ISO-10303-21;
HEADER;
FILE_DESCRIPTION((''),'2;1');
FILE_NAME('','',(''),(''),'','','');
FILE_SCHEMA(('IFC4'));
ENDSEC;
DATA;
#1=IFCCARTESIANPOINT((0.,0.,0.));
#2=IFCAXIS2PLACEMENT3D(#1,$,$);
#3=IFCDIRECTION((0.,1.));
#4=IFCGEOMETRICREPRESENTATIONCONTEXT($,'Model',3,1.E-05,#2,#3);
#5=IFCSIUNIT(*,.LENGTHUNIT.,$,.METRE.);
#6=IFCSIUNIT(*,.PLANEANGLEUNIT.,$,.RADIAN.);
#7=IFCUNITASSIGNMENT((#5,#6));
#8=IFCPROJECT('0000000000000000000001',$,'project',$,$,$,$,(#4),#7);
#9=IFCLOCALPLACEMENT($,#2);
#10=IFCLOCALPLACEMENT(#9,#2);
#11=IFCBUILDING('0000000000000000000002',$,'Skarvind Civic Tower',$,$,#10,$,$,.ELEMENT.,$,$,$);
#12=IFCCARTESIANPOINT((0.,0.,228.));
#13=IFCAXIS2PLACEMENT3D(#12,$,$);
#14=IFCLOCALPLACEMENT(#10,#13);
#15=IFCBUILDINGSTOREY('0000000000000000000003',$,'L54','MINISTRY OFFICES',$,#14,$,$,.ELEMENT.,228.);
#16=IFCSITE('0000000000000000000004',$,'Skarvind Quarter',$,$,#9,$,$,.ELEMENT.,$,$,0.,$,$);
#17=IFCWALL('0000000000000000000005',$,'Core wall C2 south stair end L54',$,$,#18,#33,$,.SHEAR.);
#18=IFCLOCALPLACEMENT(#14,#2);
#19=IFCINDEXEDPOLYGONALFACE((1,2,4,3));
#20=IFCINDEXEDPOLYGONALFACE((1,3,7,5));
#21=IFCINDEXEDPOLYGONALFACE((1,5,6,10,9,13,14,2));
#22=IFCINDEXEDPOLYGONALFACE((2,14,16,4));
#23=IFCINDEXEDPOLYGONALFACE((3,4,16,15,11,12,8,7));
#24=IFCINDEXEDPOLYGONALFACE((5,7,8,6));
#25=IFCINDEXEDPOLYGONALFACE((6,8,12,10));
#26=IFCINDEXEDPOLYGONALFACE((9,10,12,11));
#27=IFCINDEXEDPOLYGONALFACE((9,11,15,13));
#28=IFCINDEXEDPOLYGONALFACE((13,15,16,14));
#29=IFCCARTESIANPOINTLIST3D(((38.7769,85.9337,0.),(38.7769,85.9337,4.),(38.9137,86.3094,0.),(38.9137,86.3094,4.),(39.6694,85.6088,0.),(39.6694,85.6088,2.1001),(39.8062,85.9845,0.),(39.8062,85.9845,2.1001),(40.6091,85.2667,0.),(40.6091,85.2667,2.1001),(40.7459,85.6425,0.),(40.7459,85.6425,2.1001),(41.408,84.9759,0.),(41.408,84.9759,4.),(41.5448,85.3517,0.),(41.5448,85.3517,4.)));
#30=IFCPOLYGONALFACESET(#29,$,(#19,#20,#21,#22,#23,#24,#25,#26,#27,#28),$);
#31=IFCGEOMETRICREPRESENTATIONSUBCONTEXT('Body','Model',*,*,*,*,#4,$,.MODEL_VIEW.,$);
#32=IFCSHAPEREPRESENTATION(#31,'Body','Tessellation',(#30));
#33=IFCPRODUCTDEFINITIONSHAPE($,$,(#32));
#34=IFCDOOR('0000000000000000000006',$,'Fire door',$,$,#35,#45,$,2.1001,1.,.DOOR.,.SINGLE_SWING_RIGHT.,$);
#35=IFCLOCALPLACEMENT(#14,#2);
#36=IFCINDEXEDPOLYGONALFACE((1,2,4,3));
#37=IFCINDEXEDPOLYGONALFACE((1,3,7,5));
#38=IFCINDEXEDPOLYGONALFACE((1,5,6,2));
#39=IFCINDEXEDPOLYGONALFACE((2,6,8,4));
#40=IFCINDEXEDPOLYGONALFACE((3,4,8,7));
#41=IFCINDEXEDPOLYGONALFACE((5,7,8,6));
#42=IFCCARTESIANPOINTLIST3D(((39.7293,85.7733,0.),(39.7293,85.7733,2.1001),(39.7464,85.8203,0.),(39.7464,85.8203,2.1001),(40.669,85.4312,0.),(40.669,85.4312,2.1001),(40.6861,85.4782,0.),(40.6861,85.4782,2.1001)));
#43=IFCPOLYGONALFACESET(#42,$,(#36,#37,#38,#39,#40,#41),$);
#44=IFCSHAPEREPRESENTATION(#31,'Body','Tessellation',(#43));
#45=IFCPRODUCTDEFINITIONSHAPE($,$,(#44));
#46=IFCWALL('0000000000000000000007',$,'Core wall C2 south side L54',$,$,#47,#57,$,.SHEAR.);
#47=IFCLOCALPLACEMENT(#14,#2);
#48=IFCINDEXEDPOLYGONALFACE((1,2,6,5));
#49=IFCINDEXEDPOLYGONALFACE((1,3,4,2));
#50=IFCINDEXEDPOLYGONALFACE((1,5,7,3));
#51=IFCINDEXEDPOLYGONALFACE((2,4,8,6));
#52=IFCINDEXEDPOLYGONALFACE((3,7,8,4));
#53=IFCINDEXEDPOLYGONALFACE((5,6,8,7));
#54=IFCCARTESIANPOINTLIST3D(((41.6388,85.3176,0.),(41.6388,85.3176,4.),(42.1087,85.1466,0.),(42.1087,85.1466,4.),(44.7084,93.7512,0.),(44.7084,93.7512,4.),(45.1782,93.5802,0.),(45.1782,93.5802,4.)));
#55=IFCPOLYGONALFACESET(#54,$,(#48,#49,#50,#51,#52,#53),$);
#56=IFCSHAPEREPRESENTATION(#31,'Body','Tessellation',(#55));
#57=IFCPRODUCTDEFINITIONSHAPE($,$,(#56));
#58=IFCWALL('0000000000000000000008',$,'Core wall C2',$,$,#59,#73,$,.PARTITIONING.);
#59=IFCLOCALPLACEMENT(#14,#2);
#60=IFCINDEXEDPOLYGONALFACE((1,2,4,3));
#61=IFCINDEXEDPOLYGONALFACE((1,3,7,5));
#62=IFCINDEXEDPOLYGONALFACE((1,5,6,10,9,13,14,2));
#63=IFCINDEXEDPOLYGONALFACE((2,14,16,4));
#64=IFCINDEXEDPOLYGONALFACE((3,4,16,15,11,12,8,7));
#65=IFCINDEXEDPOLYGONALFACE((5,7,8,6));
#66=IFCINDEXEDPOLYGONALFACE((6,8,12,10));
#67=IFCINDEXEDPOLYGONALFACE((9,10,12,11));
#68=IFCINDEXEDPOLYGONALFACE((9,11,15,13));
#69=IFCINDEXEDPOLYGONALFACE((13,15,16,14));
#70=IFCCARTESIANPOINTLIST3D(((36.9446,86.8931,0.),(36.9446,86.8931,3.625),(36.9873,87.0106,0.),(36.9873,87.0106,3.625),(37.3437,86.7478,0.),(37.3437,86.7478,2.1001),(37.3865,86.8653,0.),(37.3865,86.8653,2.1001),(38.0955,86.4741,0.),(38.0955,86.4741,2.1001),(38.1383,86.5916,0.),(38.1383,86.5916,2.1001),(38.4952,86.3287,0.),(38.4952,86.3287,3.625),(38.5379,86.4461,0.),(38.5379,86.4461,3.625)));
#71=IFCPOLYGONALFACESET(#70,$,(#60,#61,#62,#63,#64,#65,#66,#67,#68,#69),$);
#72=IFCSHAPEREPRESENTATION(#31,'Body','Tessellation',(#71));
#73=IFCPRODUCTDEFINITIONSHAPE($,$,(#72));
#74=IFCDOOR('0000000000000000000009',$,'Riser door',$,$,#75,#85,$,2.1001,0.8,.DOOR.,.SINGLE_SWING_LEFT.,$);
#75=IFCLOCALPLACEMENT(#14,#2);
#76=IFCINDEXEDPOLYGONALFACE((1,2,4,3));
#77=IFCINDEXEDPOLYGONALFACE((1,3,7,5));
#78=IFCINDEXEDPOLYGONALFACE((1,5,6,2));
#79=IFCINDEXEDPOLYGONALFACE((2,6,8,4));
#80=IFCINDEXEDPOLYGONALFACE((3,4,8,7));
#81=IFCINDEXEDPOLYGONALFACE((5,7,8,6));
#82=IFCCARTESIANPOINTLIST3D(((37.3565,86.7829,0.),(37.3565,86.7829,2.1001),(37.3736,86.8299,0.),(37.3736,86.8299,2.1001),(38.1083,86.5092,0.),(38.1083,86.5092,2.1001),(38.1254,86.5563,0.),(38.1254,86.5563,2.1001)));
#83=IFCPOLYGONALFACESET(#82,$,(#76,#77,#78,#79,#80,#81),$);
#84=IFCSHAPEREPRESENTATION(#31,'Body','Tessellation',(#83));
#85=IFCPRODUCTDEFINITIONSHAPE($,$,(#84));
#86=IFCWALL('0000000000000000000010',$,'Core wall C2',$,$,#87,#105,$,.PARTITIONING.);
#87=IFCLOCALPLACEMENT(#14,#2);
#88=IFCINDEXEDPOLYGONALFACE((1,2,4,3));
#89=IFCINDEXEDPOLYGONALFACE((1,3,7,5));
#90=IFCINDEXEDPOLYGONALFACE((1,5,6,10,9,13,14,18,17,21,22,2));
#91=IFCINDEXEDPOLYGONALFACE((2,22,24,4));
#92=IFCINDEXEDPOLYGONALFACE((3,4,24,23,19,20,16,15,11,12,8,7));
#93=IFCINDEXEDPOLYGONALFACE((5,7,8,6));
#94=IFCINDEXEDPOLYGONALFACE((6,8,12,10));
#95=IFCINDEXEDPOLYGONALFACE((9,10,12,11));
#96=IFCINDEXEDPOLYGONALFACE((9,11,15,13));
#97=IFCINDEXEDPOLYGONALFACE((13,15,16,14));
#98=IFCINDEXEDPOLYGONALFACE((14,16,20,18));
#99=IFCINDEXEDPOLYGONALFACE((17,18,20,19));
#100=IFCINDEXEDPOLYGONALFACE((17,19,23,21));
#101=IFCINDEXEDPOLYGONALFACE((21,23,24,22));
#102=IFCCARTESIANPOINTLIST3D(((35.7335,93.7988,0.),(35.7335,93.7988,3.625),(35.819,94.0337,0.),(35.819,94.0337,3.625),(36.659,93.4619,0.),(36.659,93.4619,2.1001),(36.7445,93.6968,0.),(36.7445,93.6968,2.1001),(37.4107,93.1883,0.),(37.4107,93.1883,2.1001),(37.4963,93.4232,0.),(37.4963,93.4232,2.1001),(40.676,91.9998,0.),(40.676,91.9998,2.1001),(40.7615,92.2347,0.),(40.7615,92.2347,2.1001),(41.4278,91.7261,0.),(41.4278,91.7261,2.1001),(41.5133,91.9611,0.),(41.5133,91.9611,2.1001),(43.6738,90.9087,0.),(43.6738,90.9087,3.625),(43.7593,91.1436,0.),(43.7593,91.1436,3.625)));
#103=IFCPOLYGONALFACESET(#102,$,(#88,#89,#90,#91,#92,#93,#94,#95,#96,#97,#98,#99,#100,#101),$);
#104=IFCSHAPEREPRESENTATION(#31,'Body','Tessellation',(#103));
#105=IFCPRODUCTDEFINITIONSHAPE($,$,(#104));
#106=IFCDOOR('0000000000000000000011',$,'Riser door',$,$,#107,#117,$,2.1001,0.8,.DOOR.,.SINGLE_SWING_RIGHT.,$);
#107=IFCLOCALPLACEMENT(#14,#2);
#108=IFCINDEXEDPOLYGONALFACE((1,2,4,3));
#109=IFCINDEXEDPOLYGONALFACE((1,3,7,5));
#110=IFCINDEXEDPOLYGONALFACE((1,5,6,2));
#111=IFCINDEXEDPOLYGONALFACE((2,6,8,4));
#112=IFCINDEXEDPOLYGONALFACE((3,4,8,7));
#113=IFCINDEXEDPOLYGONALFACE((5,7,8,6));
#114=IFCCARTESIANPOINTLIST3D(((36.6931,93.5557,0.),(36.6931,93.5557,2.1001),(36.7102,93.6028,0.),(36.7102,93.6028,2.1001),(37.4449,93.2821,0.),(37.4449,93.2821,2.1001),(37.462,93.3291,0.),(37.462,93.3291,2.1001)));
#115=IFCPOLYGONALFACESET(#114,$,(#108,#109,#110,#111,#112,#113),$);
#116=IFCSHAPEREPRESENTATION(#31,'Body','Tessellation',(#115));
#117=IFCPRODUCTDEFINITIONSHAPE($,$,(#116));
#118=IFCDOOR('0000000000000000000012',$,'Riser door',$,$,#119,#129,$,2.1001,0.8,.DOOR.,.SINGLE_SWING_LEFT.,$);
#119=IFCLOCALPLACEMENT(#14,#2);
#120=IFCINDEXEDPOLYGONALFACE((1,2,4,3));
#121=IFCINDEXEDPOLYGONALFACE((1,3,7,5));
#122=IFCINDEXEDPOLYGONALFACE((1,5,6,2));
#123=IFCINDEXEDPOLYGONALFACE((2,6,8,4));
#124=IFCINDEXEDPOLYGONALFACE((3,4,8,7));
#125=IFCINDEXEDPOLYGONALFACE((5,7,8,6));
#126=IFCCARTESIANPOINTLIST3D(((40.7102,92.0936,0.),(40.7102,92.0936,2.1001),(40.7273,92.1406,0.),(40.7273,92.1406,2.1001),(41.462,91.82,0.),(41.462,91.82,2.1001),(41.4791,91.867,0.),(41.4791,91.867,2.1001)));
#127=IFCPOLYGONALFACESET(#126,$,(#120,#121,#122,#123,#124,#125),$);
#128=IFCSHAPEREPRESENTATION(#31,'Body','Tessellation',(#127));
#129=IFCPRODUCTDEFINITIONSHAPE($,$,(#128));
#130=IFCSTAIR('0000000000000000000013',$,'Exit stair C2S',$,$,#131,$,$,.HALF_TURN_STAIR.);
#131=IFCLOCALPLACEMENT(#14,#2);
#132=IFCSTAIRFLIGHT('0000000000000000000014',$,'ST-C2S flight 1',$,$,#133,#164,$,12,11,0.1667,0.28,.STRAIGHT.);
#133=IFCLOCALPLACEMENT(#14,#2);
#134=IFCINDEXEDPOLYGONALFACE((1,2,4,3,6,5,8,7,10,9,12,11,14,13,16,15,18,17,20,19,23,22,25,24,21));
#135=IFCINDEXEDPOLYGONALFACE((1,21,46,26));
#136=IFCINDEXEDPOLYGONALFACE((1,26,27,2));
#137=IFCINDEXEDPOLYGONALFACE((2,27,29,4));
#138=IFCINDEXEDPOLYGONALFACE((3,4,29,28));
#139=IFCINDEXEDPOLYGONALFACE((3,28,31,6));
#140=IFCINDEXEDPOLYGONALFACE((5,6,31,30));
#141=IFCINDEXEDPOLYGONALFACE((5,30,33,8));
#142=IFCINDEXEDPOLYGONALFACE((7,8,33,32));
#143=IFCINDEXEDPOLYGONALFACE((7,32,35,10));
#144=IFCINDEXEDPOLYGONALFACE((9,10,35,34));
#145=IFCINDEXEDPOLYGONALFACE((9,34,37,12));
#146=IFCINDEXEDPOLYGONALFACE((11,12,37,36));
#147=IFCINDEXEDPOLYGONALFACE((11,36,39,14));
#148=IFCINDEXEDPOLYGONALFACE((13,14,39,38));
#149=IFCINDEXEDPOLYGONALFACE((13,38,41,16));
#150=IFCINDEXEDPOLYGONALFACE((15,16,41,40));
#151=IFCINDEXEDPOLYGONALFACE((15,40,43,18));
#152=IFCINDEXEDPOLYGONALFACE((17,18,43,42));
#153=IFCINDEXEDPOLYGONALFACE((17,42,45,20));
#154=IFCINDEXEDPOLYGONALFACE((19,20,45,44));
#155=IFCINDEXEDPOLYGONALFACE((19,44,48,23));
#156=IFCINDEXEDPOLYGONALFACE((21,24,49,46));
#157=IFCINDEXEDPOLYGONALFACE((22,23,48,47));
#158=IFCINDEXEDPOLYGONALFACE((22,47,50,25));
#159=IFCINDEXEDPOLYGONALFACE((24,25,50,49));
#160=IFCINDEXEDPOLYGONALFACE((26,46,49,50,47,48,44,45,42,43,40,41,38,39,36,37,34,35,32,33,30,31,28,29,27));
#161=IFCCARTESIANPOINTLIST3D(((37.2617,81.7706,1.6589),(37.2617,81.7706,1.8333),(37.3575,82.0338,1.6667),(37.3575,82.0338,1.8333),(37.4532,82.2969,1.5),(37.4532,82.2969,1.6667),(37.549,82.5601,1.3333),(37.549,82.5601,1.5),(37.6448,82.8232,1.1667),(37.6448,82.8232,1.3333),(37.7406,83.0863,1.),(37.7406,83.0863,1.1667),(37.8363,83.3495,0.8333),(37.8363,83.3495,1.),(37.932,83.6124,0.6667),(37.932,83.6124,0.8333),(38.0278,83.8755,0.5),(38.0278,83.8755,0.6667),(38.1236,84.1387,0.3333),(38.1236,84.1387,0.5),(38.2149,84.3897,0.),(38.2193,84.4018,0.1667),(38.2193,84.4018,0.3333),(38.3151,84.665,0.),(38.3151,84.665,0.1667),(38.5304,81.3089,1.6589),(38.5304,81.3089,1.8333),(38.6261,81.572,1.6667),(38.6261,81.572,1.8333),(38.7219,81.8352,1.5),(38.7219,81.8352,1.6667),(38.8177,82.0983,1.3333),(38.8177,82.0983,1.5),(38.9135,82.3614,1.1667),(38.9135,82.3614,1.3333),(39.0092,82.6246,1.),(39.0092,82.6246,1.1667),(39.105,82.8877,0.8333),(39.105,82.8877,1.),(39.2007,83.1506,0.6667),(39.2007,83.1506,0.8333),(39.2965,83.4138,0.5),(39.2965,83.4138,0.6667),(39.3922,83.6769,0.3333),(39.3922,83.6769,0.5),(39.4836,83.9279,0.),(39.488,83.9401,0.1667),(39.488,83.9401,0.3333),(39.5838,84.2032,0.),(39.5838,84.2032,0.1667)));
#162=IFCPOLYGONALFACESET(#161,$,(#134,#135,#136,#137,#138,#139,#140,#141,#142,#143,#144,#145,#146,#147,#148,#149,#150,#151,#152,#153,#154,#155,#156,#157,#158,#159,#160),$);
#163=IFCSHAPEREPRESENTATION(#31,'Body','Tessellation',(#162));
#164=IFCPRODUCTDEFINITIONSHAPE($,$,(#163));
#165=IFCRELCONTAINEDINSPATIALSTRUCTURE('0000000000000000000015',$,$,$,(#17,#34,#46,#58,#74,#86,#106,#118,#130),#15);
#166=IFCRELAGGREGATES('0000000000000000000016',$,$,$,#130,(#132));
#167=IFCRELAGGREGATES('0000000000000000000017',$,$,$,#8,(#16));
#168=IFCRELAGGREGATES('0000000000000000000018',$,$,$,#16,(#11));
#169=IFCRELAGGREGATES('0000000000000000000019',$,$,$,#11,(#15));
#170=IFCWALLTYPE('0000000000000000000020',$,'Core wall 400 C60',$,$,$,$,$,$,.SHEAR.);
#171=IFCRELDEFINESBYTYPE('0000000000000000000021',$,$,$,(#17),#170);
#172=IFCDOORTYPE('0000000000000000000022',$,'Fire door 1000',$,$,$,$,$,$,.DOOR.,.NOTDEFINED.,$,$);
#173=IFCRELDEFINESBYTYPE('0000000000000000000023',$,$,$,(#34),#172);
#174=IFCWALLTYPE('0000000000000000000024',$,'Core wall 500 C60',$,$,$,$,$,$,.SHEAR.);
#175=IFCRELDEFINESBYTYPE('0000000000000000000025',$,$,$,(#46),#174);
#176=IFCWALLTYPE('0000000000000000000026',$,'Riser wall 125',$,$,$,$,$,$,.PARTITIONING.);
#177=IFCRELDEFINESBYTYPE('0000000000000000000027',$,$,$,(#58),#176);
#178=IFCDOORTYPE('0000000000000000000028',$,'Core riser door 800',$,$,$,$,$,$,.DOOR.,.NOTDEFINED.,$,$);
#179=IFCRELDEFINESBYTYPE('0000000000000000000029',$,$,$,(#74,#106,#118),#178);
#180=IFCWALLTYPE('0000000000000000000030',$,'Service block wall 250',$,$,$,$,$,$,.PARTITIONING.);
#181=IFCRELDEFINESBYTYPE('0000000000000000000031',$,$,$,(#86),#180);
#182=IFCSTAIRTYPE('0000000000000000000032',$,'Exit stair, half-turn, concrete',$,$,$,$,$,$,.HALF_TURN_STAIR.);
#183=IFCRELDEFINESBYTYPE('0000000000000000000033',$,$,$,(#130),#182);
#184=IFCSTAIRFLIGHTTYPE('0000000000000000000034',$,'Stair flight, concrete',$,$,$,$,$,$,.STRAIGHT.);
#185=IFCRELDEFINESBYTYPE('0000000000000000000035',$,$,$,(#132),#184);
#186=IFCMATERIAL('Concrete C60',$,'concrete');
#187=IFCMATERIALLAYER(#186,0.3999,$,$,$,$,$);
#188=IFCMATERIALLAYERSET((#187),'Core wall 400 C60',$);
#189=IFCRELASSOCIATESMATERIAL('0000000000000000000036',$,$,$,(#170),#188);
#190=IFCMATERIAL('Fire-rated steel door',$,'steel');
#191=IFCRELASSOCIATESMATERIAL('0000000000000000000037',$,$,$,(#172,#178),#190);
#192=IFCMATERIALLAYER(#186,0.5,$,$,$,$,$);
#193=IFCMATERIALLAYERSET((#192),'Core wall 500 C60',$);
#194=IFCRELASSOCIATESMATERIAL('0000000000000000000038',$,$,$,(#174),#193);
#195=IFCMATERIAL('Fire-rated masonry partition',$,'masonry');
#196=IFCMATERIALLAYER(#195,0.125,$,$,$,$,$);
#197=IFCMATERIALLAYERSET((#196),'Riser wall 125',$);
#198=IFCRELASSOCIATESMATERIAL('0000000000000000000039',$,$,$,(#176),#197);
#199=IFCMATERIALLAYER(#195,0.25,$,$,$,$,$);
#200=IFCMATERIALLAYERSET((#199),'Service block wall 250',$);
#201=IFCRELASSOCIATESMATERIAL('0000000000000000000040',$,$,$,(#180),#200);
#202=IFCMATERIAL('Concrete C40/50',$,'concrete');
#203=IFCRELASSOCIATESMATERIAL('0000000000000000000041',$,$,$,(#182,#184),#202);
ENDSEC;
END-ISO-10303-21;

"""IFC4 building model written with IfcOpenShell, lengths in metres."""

from ifc_helpers import new_model, si_unit, direction, frame, frame_2d, origin, place, context, subcontext, project, spatial, polyline, rectangle, outline, extrude, material, layer, layer_set, type_object, element, fill, aggregate, save


model = new_model("IFC4")

# Units and contexts
model_context = context("Model", 3, precision=1e-05, world=origin(), true_north=direction((0.0, 1.0)))
body_context = subcontext(model_context, "Body", "Model", "MODEL_VIEW")
ifc_project = project(units=[si_unit("LENGTHUNIT", "METRE"), si_unit("PLANEANGLEUNIT", "RADIAN")], contexts=[model_context])

# Site, building, storey
site_placement = place(None, origin())
site = spatial("IfcSite", under=ifc_project, at=site_placement, Name="Skarvind Quarter", CompositionType="ELEMENT", RefElevation=0.0)
building_placement = place(site_placement, origin())
building = spatial("IfcBuilding", under=site, at=building_placement, Name="Skarvind Civic Tower", CompositionType="ELEMENT")
storey_placement = place(building_placement, frame((0.0, 0.0, 228.0)))
storey = spatial("IfcBuildingStorey", under=building, at=storey_placement, Name="L54", Description="MINISTRY OFFICES", CompositionType="ELEMENT", Elevation=228.0)

# Shared definitions
ifc_material_1 = material(Name="Concrete C60", Category="concrete")

# Shared definitions
ifc_material_2 = material(Name="Fire-rated masonry partition", Category="masonry")
ifc_material_3 = material(Name="Fire-rated steel door", Category="steel")

# Wall, opening, door
ifc_layer_1 = layer(ifc_material_1, 0.3999)
ifc_layer_set_1 = layer_set([ifc_layer_1], Name="Core wall 400 C60")
wall_type_1 = type_object("IfcWallType", Name="Core wall 400 C60", PredefinedType="SHEAR", material=ifc_layer_set_1)
wall_1_placement = place(storey_placement, frame((41.4763, 85.1638, 0.0), z_axis=(0.0, 0.0, 1.0), x_axis=(-0.939679, 0.342058, 0.0)))
wall_1 = element("IfcWall", 1, at=wall_1_placement, inside=storey, type_object=wall_type_1, Name="Core wall C2 south stair end L54", PredefinedType="SHEAR", context=body_context, shape_type="SweptSolid", body=[
    extrude(rectangle(XDim=2.8, YDim=0.3999, at=frame_2d((1.3999, 0.0))), origin(), (0.0, 0.0, 1.0), 4.0),
])
opening_1_placement = place(wall_1_placement, frame((0.8501, 0.0, 0.0)))
opening_1 = element("IfcOpeningElement", 2, at=opening_1_placement, cuts=wall_1, PredefinedType="OPENING", context=body_context, shape_type="SweptSolid", body=[
    extrude(rectangle(XDim=1.0, YDim=2.1001, at=frame_2d((0.5, 1.05))), frame((0.0, 0.21, 0.0), z_axis=(0.0, -1.0, 0.0), x_axis=(1.0, 0.0, 0.0)), (0.0, 0.0, 1.0), 0.4199),
])
door_type_1 = type_object("IfcDoorType", Name="Fire door 1000", OperationType="NOTDEFINED", PredefinedType="DOOR", material=ifc_material_3)
door_1_placement = place(opening_1_placement, origin())
door_1 = element("IfcDoor", 3, at=door_1_placement, inside=storey, type_object=door_type_1, Name="Fire door", OperationType="SINGLE_SWING_RIGHT", OverallHeight=2.1001, OverallWidth=1.0, PredefinedType="DOOR", context=body_context, shape_type="SweptSolid", body=[
    extrude(rectangle(XDim=1.0, YDim=2.1001, at=frame_2d((0.5, 1.05))), frame((0.0, 0.0249, 0.0), z_axis=(0.0, -1.0, 0.0), x_axis=(1.0, 0.0, 0.0)), (0.0, 0.0, 1.0), 0.05),
])
fill(opening_1, door_1)

# Wall
ifc_layer_2 = layer(ifc_material_1, 0.5)
ifc_layer_set_2 = layer_set([ifc_layer_2], Name="Core wall 500 C60")
wall_type_2 = type_object("IfcWallType", Name="Core wall 500 C60", PredefinedType="SHEAR", material=ifc_layer_set_2)
wall_2_placement = place(storey_placement, frame((41.8738, 85.2322, 0.0), z_axis=(0.0, 0.0, 1.0), x_axis=(0.34202, 0.939693, 0.0)))
element("IfcWall", 4, at=wall_2_placement, inside=storey, type_object=wall_type_2, Name="Core wall C2 south side L54", PredefinedType="SHEAR", context=body_context, shape_type="SweptSolid", body=[
    extrude(rectangle(XDim=8.9749, YDim=0.5, at=frame_2d((4.4873, 0.0))), origin(), (0.0, 0.0, 1.0), 4.0),
])

# Wall, opening, door
ifc_layer_3 = layer(ifc_material_2, 0.125)
ifc_layer_set_3 = layer_set([ifc_layer_3], Name="Riser wall 125")
wall_type_3 = type_object("IfcWallType", Name="Riser wall 125", PredefinedType="PARTITIONING", material=ifc_layer_set_3)
wall_3_placement = place(storey_placement, frame((36.9658, 86.9519, 0.0), z_axis=(0.0, 0.0, 1.0), x_axis=(0.939672, -0.342076, 0.0)))
wall_3 = element("IfcWall", 5, at=wall_3_placement, inside=storey, type_object=wall_type_3, Name="Core wall C2", PredefinedType="PARTITIONING", context=body_context, shape_type="SweptSolid", body=[
    extrude(rectangle(XDim=1.6501, YDim=0.125, at=frame_2d((0.8252, 0.0))), origin(), (0.0, 0.0, 1.0), 3.625),
])
opening_2_placement = place(wall_3_placement, frame((0.425, 0.0, 0.0)))
opening_2 = element("IfcOpeningElement", 6, at=opening_2_placement, cuts=wall_3, PredefinedType="OPENING", context=body_context, shape_type="SweptSolid", body=[
    extrude(rectangle(XDim=0.8, YDim=2.1001, at=frame_2d((0.3999, 1.05))), frame((0.0, 0.0725, 0.0), z_axis=(0.0, -1.0, 0.0), x_axis=(1.0, 0.0, 0.0)), (0.0, 0.0, 1.0), 0.145),
])
door_type_2 = type_object("IfcDoorType", Name="Core riser door 800", OperationType="NOTDEFINED", PredefinedType="DOOR", material=ifc_material_3)
door_2_placement = place(opening_2_placement, origin())
door_2 = element("IfcDoor", 7, at=door_2_placement, inside=storey, type_object=door_type_2, Name="Riser door", OperationType="SINGLE_SWING_LEFT", OverallHeight=2.1001, OverallWidth=0.8, PredefinedType="DOOR", context=body_context, shape_type="SweptSolid", body=[
    extrude(rectangle(XDim=0.8, YDim=2.1001, at=frame_2d((0.3999, 1.05))), frame((0.0, 0.0249, 0.0), z_axis=(0.0, -1.0, 0.0), x_axis=(1.0, 0.0, 0.0)), (0.0, 0.0, 1.0), 0.05),
])
fill(opening_2, door_2)

# Wall, openings, doors
ifc_layer_4 = layer(ifc_material_2, 0.25)
ifc_layer_set_4 = layer_set([ifc_layer_4], Name="Service block wall 250")
wall_type_4 = type_object("IfcWallType", Name="Service block wall 250", PredefinedType="PARTITIONING", material=ifc_layer_set_4)
wall_4_placement = place(storey_placement, frame((35.7761, 93.9163, 0.0), z_axis=(0.0, 0.0, 1.0), x_axis=(0.93969, -0.342026, 0.0)))
wall_4 = element("IfcWall", 8, at=wall_4_placement, inside=storey, type_object=wall_type_4, Name="Core wall C2", PredefinedType="PARTITIONING", context=body_context, shape_type="SweptSolid", body=[
    extrude(rectangle(XDim=8.45, YDim=0.25, at=frame_2d((4.2251, 0.0))), origin(), (0.0, 0.0, 1.0), 3.625),
])
opening_3_placement = place(wall_4_placement, frame((0.9851, 0.0, 0.0)))
opening_3 = element("IfcOpeningElement", 9, at=opening_3_placement, cuts=wall_4, PredefinedType="OPENING", context=body_context, shape_type="SweptSolid", body=[
    extrude(rectangle(XDim=0.8, YDim=2.1001, at=frame_2d((0.3999, 1.05))), frame((0.0, 0.135, 0.0), z_axis=(0.0, -1.0, 0.0), x_axis=(1.0, 0.0, 0.0)), (0.0, 0.0, 1.0), 0.27),
])
opening_4_placement = place(wall_4_placement, frame((5.26, 0.0, 0.0)))
opening_4 = element("IfcOpeningElement", 10, at=opening_4_placement, cuts=wall_4, PredefinedType="OPENING", context=body_context, shape_type="SweptSolid", body=[
    extrude(rectangle(XDim=0.8, YDim=2.1001, at=frame_2d((0.3999, 1.05))), frame((0.0, 0.135, 0.0), z_axis=(0.0, -1.0, 0.0), x_axis=(1.0, 0.0, 0.0)), (0.0, 0.0, 1.0), 0.27),
])
door_3_placement = place(opening_3_placement, origin())
door_3 = element("IfcDoor", 11, at=door_3_placement, inside=storey, type_object=door_type_2, Name="Riser door", OperationType="SINGLE_SWING_RIGHT", OverallHeight=2.1001, OverallWidth=0.8, PredefinedType="DOOR", context=body_context, shape_type="SweptSolid", body=[
    extrude(rectangle(XDim=0.8, YDim=2.1001, at=frame_2d((0.3999, 1.05))), frame((0.0, 0.0249, 0.0), z_axis=(0.0, -1.0, 0.0), x_axis=(1.0, 0.0, 0.0)), (0.0, 0.0, 1.0), 0.05),
])
fill(opening_3, door_3)
door_4_placement = place(opening_4_placement, origin())
door_4 = element("IfcDoor", 12, at=door_4_placement, inside=storey, type_object=door_type_2, Name="Riser door", OperationType="SINGLE_SWING_LEFT", OverallHeight=2.1001, OverallWidth=0.8, PredefinedType="DOOR", context=body_context, shape_type="SweptSolid", body=[
    extrude(rectangle(XDim=0.8, YDim=2.1001, at=frame_2d((0.3999, 1.05))), frame((0.0, 0.0249, 0.0), z_axis=(0.0, -1.0, 0.0), x_axis=(1.0, 0.0, 0.0)), (0.0, 0.0, 1.0), 0.05),
])
fill(opening_4, door_4)

# Stair, stair flight
ifc_material_4 = material(Name="Concrete C40/50", Category="concrete")
stair_type = type_object("IfcStairType", Name="Exit stair, half-turn, concrete", PredefinedType="HALF_TURN_STAIR", material=ifc_material_4)
stair_placement = place(storey_placement, origin())
stair = element("IfcStair", 13, at=stair_placement, inside=storey, type_object=stair_type, Name="Exit stair C2S", PredefinedType="HALF_TURN_STAIR")
stair_flight_type = type_object("IfcStairFlightType", Name="Stair flight, concrete", PredefinedType="STRAIGHT", material=ifc_material_4)
stair_flight_placement = place(storey_placement, frame((38.9495, 84.4341, 0.0), z_axis=(0.0, 0.0, 1.0), x_axis=(-0.34202, -0.939693, 0.0)))
stair_flight = element("IfcStairFlight", 14, at=stair_flight_placement, type_object=stair_flight_type, Name="ST-C2S flight 1", NumberOfRisers=12, NumberOfTreads=11, PredefinedType="STRAIGHT", RiserHeight=0.1667, TreadLength=0.28, context=body_context, shape_type="SweptSolid", body=[
    extrude(outline(polyline([(0.0, 0.0), (0.0, 0.1667), (0.28, 0.1667), (0.28, 0.3333), (0.5601, 0.3333), (0.5601, 0.5), (0.8401, 0.5), (0.8401, 0.6667), (1.1201, 0.6667), (1.1201, 0.8333), (1.3999, 0.8333), (1.3999, 1.0), (1.6799, 1.0), (1.6799, 1.1667), (1.96, 1.1667), (1.96, 1.3333), (2.24, 1.3333), (2.24, 1.5), (2.52, 1.5), (2.52, 1.6667), (2.8, 1.6667), (2.8, 1.8333), (3.0801, 1.8333), (3.0801, 2.0), (3.0801, 1.6589), (0.293, 0.0), (0.0, 0.0)])), frame((0.0, 0.675, 0.0), z_axis=(0.0, -1.0, 0.0), x_axis=(1.0, 0.0, 0.0)), (0.0, 0.0, 1.0), 1.3501),
])
aggregate(stair, [stair_flight])

save(model, "model.ifc")
